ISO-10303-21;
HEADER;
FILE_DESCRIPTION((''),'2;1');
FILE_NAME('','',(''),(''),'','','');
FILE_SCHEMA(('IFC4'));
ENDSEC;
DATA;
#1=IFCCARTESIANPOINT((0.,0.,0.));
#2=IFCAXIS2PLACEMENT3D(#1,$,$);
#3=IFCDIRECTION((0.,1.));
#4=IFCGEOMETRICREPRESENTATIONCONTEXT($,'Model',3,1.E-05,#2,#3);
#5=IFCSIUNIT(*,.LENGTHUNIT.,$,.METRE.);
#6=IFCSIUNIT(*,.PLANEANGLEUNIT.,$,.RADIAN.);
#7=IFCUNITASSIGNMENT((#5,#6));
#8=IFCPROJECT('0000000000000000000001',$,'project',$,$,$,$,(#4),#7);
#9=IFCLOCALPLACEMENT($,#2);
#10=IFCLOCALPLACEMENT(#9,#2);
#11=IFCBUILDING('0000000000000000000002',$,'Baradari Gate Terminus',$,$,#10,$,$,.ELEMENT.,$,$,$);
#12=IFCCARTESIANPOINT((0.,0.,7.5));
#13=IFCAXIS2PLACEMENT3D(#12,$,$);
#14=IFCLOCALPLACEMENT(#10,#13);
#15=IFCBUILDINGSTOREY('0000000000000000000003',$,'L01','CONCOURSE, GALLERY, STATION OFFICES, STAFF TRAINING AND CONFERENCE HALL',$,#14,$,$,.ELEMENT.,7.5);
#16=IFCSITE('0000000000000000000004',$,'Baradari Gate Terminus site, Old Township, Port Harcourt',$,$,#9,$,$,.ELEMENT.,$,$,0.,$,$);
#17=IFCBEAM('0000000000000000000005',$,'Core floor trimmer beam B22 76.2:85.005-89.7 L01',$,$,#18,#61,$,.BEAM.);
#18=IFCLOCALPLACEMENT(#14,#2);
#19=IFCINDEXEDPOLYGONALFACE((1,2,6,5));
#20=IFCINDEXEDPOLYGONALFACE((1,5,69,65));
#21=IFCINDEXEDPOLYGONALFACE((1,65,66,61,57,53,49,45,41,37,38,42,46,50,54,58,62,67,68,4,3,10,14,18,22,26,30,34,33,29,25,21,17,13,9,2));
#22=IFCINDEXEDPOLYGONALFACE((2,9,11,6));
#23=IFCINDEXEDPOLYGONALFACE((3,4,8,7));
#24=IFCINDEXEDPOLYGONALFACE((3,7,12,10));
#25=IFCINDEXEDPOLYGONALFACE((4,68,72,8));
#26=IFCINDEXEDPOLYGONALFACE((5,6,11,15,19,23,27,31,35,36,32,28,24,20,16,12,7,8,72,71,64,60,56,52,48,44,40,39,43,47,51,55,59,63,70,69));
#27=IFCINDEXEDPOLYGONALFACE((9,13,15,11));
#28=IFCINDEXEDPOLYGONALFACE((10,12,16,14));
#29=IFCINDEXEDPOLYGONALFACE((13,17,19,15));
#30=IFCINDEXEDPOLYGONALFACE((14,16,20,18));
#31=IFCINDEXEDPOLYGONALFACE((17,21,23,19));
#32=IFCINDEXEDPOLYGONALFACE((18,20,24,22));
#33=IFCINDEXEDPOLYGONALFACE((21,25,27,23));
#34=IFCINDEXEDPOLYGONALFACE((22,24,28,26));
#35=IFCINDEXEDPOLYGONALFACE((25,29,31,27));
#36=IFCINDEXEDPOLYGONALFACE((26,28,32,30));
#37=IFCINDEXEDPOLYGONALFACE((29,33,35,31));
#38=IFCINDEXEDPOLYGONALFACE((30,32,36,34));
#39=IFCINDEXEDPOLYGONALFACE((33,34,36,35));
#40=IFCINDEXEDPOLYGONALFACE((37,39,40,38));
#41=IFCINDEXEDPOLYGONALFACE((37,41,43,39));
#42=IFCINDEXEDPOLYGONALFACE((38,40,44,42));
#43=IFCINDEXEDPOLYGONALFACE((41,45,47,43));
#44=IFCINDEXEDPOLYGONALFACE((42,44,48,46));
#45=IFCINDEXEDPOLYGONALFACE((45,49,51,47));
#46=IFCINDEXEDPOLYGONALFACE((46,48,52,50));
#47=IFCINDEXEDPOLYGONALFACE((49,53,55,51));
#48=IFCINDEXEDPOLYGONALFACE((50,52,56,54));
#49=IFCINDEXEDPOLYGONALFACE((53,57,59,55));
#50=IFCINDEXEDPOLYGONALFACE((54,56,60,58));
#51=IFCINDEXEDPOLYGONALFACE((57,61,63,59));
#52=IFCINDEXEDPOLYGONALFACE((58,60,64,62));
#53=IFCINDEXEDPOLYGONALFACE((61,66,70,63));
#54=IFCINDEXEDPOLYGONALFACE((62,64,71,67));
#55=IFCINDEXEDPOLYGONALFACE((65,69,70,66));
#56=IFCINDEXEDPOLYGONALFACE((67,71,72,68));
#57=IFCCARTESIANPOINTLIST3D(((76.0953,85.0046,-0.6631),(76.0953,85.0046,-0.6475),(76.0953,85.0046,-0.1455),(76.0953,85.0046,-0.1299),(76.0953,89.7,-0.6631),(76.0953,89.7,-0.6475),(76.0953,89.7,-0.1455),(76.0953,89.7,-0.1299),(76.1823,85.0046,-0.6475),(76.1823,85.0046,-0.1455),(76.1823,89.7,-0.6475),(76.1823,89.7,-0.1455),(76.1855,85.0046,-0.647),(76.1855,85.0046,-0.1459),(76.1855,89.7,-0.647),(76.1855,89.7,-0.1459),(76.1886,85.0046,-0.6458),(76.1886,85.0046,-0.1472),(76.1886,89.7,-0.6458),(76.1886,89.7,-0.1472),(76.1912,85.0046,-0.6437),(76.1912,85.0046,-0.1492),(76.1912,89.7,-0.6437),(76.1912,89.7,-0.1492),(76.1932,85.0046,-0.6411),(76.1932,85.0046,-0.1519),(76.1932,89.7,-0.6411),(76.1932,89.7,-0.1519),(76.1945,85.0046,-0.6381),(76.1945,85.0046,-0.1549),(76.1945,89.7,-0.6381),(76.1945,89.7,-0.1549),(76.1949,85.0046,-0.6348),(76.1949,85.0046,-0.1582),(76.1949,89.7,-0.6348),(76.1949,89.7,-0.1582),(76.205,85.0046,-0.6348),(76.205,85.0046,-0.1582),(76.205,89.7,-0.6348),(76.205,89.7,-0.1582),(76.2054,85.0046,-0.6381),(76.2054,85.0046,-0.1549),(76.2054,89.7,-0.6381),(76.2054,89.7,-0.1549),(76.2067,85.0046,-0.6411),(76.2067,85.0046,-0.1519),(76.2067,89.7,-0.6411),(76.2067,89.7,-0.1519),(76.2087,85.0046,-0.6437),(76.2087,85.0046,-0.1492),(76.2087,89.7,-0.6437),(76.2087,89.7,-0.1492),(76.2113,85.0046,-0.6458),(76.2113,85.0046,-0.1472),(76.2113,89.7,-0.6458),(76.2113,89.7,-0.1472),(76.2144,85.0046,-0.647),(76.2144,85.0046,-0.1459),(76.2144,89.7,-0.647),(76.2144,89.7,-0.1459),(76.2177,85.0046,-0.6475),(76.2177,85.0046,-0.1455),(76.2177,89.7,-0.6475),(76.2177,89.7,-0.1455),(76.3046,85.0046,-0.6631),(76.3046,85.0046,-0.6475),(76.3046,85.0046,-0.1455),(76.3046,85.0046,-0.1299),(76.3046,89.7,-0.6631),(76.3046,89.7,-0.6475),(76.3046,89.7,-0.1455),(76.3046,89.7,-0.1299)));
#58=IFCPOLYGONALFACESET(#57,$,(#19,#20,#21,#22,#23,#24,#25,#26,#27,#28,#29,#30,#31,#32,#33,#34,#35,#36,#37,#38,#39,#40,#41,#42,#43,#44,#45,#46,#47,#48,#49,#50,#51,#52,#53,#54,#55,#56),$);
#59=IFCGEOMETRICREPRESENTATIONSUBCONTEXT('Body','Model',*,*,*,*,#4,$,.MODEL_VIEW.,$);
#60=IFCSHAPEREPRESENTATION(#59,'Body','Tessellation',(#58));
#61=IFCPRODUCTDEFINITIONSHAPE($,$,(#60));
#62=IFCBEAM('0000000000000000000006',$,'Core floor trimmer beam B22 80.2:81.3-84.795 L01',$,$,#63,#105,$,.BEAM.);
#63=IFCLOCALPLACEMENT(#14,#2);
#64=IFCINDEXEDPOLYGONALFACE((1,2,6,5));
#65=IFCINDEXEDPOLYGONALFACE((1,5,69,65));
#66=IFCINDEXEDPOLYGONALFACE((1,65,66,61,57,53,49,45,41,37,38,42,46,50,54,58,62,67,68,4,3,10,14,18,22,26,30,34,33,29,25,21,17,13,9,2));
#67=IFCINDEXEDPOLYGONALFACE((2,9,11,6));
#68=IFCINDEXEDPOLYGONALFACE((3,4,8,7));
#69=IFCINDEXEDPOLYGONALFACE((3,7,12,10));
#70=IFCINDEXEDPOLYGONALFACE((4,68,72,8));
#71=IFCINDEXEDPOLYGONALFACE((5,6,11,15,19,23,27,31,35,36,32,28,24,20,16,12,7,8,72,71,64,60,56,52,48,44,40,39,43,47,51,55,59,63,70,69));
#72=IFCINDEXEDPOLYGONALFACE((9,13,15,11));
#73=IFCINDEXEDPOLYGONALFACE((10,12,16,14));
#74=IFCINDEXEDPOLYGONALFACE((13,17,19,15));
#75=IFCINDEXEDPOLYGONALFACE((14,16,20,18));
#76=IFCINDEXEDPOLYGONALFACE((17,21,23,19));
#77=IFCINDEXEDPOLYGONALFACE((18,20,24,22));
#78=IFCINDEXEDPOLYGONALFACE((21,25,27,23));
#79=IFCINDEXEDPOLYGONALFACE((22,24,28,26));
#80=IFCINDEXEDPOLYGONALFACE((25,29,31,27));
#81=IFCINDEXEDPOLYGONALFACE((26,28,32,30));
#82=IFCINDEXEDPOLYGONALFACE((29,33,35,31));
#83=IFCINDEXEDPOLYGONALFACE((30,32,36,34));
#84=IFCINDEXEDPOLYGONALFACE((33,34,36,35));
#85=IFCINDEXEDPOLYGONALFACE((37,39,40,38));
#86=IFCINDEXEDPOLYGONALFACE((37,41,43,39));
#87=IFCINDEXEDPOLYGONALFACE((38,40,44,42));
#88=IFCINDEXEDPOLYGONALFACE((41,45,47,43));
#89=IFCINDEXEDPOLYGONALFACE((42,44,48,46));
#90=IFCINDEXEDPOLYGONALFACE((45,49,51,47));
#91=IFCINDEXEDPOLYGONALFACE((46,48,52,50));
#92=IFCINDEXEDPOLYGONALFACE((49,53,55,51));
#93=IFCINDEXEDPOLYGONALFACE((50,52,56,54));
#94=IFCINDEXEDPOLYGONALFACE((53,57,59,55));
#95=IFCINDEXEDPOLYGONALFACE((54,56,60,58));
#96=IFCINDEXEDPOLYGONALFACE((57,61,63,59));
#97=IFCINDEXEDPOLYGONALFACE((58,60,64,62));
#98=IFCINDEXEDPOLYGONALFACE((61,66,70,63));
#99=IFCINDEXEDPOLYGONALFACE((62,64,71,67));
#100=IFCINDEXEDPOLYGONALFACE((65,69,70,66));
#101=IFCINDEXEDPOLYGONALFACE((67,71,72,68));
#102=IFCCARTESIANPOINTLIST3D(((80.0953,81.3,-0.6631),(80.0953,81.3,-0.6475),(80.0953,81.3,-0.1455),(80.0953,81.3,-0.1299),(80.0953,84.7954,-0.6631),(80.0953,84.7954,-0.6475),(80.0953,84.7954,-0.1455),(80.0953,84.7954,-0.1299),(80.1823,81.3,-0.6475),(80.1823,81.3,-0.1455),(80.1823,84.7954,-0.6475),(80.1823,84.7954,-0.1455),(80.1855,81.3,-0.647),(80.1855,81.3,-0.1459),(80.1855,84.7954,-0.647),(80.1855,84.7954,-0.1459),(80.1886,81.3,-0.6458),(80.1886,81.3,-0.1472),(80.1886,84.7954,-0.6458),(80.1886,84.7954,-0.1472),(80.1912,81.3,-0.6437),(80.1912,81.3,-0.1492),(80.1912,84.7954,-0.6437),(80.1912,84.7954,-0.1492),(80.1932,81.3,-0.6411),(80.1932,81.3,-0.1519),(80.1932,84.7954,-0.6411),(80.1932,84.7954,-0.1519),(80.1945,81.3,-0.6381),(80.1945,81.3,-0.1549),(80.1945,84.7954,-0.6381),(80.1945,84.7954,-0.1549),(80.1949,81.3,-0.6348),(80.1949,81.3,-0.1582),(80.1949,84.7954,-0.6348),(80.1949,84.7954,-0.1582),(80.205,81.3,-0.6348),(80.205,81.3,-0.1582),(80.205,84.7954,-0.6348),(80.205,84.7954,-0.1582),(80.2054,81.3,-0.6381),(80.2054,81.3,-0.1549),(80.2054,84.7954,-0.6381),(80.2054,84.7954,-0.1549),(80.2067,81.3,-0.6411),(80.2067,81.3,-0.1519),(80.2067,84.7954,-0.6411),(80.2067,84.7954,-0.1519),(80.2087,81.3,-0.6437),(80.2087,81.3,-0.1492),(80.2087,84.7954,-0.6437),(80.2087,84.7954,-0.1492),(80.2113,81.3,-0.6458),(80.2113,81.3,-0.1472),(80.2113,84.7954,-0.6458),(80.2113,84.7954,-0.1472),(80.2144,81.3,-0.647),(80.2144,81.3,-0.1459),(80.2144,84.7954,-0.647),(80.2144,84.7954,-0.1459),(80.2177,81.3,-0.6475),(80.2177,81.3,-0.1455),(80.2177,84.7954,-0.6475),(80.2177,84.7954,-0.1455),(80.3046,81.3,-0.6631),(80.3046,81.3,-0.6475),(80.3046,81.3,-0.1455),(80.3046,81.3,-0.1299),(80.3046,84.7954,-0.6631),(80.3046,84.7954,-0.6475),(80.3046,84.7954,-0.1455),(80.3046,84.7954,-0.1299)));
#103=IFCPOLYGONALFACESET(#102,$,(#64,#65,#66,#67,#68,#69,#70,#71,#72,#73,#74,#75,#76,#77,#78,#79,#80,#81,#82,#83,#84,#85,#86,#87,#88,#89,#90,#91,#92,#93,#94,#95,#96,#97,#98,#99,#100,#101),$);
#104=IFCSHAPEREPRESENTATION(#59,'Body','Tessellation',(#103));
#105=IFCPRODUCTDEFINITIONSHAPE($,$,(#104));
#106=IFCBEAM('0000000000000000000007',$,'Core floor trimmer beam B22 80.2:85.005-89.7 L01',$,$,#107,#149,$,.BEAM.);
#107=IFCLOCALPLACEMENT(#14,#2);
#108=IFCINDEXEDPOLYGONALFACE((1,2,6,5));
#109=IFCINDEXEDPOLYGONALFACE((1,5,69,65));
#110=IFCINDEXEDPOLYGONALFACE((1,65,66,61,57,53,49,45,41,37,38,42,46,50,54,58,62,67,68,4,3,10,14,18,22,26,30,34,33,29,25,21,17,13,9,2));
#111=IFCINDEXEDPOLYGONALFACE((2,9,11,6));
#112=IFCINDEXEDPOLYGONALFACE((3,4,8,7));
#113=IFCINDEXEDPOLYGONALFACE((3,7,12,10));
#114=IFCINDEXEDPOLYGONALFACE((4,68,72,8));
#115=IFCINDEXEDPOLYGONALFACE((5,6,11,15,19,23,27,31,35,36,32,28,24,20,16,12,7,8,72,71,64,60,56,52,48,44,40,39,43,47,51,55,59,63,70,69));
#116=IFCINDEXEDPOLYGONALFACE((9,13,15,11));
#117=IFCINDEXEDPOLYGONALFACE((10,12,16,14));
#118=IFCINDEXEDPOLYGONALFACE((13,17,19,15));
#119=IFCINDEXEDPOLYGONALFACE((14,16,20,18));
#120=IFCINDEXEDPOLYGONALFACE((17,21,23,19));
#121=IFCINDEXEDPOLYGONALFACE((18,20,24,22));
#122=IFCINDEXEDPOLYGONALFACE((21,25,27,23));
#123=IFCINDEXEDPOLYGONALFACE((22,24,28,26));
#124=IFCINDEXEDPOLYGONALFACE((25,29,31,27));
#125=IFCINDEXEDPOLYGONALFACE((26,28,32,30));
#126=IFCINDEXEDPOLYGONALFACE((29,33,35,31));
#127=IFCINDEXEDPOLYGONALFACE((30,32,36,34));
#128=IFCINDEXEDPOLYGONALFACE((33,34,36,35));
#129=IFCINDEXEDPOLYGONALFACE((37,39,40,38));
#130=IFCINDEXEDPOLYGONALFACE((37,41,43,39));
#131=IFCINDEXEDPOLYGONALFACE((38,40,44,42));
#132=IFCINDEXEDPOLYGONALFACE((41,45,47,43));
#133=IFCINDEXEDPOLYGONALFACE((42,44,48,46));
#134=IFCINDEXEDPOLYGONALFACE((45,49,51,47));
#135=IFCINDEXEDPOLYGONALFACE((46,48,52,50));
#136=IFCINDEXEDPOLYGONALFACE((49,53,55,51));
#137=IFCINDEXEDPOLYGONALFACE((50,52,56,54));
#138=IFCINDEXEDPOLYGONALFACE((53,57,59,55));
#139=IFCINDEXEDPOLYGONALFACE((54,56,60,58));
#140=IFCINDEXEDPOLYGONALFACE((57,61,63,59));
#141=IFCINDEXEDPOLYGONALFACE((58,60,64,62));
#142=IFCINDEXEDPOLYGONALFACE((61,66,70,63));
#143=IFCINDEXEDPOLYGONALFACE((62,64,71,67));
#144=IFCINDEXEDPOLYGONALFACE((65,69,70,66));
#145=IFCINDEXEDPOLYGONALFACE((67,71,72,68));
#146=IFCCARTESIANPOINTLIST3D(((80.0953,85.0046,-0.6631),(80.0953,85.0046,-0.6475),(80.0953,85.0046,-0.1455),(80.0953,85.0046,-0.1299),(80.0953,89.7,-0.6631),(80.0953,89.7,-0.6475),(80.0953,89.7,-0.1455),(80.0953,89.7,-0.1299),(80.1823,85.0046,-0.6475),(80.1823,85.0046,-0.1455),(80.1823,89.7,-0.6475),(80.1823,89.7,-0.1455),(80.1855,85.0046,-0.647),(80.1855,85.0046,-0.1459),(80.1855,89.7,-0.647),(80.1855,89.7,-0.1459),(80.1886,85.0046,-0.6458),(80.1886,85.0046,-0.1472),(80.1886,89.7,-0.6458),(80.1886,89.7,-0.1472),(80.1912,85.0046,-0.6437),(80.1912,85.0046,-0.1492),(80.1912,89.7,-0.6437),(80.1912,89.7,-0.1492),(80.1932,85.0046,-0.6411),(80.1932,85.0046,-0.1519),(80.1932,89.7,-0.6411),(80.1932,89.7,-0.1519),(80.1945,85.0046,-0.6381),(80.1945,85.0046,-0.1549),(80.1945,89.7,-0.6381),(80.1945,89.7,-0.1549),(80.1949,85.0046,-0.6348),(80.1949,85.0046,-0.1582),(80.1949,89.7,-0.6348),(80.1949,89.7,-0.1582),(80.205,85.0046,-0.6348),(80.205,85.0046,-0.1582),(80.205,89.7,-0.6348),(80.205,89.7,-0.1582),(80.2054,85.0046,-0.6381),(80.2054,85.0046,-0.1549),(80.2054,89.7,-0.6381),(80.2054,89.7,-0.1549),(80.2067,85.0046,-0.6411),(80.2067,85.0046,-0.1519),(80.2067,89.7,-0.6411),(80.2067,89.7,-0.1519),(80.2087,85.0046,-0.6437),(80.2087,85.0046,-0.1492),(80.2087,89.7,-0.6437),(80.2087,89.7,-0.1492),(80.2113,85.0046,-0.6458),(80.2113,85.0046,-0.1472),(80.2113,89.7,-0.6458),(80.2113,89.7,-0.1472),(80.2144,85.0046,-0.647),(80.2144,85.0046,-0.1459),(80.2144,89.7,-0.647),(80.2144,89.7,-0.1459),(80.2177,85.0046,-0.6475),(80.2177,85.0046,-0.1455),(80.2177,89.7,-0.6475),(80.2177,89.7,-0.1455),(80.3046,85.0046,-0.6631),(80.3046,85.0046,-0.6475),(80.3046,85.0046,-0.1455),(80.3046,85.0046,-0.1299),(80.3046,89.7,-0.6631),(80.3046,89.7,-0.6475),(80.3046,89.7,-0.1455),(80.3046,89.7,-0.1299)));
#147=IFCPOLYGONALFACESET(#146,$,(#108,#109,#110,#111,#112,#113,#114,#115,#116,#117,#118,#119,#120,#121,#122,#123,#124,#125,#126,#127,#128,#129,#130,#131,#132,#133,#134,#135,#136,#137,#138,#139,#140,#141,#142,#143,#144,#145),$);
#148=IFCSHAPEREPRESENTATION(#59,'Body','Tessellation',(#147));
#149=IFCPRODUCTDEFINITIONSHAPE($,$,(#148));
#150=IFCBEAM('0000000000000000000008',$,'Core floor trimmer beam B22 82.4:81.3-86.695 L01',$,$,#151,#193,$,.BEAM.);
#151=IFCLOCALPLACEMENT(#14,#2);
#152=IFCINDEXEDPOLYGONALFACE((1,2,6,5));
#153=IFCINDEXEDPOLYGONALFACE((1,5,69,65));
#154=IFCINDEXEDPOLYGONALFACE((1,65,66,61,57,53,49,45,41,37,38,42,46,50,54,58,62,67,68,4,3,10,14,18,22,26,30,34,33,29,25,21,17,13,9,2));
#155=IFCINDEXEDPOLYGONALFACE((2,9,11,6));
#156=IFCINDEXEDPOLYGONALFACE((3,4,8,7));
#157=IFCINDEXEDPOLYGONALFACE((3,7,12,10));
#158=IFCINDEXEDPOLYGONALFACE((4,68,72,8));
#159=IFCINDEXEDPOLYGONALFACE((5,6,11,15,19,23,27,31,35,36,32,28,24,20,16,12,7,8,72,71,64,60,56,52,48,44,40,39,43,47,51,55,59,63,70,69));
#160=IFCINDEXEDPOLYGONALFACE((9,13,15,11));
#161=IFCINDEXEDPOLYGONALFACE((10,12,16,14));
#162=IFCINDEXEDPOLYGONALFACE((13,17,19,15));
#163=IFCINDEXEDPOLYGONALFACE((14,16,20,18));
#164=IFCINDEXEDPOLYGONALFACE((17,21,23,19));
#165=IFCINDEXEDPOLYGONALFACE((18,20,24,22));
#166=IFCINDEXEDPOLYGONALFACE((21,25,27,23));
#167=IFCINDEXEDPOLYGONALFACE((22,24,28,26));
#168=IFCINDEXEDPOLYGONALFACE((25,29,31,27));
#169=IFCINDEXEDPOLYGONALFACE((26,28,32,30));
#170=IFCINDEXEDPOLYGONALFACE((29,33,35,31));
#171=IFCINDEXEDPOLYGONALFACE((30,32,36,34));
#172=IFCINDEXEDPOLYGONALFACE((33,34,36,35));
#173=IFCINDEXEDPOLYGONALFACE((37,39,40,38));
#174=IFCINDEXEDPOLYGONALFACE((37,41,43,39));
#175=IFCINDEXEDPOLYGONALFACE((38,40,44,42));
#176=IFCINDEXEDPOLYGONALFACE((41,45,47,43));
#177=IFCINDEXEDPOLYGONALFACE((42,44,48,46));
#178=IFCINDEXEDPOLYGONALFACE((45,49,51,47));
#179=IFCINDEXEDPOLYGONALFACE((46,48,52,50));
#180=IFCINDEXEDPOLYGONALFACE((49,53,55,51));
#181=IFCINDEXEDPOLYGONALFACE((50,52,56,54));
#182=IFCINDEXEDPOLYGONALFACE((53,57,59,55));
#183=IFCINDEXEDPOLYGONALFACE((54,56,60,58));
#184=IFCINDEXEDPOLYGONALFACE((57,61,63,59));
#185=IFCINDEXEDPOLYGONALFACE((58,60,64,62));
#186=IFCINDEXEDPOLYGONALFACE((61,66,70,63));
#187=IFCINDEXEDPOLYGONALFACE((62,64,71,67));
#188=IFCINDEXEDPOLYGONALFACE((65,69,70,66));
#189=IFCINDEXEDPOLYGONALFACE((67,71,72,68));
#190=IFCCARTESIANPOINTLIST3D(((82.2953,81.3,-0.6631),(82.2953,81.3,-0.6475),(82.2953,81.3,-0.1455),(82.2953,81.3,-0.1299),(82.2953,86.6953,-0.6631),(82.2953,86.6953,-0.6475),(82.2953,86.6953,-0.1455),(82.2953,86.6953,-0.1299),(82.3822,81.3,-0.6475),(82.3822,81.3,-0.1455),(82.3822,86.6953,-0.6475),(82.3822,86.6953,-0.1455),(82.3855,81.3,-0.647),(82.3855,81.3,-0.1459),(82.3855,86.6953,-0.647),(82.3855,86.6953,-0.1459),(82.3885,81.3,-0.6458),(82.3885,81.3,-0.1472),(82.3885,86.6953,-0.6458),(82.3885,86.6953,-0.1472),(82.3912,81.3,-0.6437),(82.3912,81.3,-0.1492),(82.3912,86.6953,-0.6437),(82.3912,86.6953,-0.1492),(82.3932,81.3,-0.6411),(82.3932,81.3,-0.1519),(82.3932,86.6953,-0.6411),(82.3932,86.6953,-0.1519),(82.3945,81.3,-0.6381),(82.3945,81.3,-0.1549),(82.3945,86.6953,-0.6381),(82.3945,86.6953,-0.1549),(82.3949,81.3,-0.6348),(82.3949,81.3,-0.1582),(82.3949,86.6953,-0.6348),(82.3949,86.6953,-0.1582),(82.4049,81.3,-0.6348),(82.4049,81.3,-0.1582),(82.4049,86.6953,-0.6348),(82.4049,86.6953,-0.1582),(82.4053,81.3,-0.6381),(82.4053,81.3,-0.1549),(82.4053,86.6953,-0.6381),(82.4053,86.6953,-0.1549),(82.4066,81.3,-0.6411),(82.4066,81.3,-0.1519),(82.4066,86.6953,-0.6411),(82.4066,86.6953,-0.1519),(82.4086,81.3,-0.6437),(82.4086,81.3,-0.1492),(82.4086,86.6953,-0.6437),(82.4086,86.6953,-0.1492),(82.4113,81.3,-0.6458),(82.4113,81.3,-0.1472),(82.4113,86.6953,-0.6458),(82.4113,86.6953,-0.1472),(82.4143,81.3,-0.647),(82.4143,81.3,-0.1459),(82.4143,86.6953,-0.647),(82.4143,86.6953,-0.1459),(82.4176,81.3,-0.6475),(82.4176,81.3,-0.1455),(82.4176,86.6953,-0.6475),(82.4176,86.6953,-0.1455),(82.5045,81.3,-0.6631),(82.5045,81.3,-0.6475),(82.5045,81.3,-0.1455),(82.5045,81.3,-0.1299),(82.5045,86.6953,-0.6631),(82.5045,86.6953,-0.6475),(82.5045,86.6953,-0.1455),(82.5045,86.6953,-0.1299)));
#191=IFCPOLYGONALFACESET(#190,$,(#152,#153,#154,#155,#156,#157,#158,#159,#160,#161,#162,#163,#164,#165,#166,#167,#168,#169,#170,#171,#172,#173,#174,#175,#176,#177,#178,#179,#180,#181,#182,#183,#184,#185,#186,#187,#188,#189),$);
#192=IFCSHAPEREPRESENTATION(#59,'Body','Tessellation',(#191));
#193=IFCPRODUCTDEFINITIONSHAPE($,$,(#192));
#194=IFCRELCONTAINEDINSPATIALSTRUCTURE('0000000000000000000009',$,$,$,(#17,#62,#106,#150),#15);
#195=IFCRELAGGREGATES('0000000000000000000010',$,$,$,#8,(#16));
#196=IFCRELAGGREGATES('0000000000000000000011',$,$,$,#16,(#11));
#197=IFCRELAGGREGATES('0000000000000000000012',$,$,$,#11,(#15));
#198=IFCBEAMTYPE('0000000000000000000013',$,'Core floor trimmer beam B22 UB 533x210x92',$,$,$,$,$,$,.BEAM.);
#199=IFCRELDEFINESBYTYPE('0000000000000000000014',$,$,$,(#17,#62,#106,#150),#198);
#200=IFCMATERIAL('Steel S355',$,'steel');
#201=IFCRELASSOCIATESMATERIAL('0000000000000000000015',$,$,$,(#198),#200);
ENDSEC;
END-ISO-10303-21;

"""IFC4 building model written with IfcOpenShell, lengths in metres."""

from ifc_helpers import new_model, si_unit, direction, frame, origin, origin_2d, place, context, subcontext, project, spatial, i_section, extrude, material, material_profile, profile_set, type_object, element, save


model = new_model("IFC4")

# Units and contexts
model_context = context("Model", 3, precision=1e-05, world=origin(), true_north=direction((0.0, 1.0)))
body_context = subcontext(model_context, "Body", "Model", "MODEL_VIEW")
ifc_project = project(units=[si_unit("LENGTHUNIT", "METRE"), si_unit("PLANEANGLEUNIT", "RADIAN")], contexts=[model_context])

# Site, building, storey
site_placement = place(None, origin())
site = spatial("IfcSite", under=ifc_project, at=site_placement, Name="Baradari Gate Terminus site, Old Township, Port Harcourt", CompositionType="ELEMENT", RefElevation=0.0)
building_placement = place(site_placement, origin())
building = spatial("IfcBuilding", under=site, at=building_placement, Name="Baradari Gate Terminus", CompositionType="ELEMENT")
storey_placement = place(building_placement, frame((0.0, 0.0, 7.5)))
storey = spatial("IfcBuildingStorey", under=building, at=storey_placement, Name="L01", Description="CONCOURSE, GALLERY, STATION OFFICES, STAFF TRAINING AND CONFERENCE HALL", CompositionType="ELEMENT", Elevation=7.5)

# Beams
ifc_material_1 = material(Name="Steel S355", Category="steel")
ifc_material_profile_1 = material_profile(ifc_material_1, i_section(OverallWidth=0.2092, OverallDepth=0.5332, WebThickness=0.01, FlangeThickness=0.0156, FilletRadius=0.0127, at=origin_2d()), Name="UB 533x210x92")
ifc_profile_set_1 = profile_set([ifc_material_profile_1], Name="Steel S355")
beam_type_1 = type_object("IfcBeamType", Name="Core floor trimmer beam B22 UB 533x210x92", PredefinedType="BEAM", material=ifc_profile_set_1)
beam_1_placement = place(storey_placement, frame((76.2, 85.0046, -0.3965), z_axis=(0.0, 1.0, 0.0), x_axis=(-1.0, 0.0, 0.0)))
element("IfcBeam", 1, at=beam_1_placement, inside=storey, type_object=beam_type_1, Name="Core floor trimmer beam B22 76.2:85.005-89.7 L01", PredefinedType="BEAM", context=body_context, shape_type="SweptSolid", body=[
    extrude(i_section(OverallWidth=0.2092, OverallDepth=0.5332, WebThickness=0.01, FlangeThickness=0.0156, FilletRadius=0.0127, at=origin_2d()), origin(), (0.0, 0.0, 1.0), 4.6953),
])
beam_2_placement = place(storey_placement, frame((80.2, 81.3, -0.3965), z_axis=(0.0, 1.0, 0.0), x_axis=(-1.0, 0.0, 0.0)))
element("IfcBeam", 2, at=beam_2_placement, inside=storey, type_object=beam_type_1, Name="Core floor trimmer beam B22 80.2:81.3-84.795 L01", PredefinedType="BEAM", context=body_context, shape_type="SweptSolid", body=[
    extrude(i_section(OverallWidth=0.2092, OverallDepth=0.5332, WebThickness=0.01, FlangeThickness=0.0156, FilletRadius=0.0127, at=origin_2d()), origin(), (0.0, 0.0, 1.0), 3.4954),
])
beam_3_placement = place(storey_placement, frame((80.2, 85.0046, -0.3965), z_axis=(0.0, 1.0, 0.0), x_axis=(-1.0, 0.0, 0.0)))
element("IfcBeam", 3, at=beam_3_placement, inside=storey, type_object=beam_type_1, Name="Core floor trimmer beam B22 80.2:85.005-89.7 L01", PredefinedType="BEAM", context=body_context, shape_type="SweptSolid", body=[
    extrude(i_section(OverallWidth=0.2092, OverallDepth=0.5332, WebThickness=0.01, FlangeThickness=0.0156, FilletRadius=0.0127, at=origin_2d()), origin(), (0.0, 0.0, 1.0), 4.6953),
])
beam_4_placement = place(storey_placement, frame((82.3999, 81.3, -0.3965), z_axis=(0.0, 1.0, 0.0), x_axis=(-1.0, 0.0, 0.0)))
element("IfcBeam", 4, at=beam_4_placement, inside=storey, type_object=beam_type_1, Name="Core floor trimmer beam B22 82.4:81.3-86.695 L01", PredefinedType="BEAM", context=body_context, shape_type="SweptSolid", body=[
    extrude(i_section(OverallWidth=0.2092, OverallDepth=0.5332, WebThickness=0.01, FlangeThickness=0.0156, FilletRadius=0.0127, at=origin_2d()), origin(), (0.0, 0.0, 1.0), 5.3953),
])

save(model, "model.ifc")
